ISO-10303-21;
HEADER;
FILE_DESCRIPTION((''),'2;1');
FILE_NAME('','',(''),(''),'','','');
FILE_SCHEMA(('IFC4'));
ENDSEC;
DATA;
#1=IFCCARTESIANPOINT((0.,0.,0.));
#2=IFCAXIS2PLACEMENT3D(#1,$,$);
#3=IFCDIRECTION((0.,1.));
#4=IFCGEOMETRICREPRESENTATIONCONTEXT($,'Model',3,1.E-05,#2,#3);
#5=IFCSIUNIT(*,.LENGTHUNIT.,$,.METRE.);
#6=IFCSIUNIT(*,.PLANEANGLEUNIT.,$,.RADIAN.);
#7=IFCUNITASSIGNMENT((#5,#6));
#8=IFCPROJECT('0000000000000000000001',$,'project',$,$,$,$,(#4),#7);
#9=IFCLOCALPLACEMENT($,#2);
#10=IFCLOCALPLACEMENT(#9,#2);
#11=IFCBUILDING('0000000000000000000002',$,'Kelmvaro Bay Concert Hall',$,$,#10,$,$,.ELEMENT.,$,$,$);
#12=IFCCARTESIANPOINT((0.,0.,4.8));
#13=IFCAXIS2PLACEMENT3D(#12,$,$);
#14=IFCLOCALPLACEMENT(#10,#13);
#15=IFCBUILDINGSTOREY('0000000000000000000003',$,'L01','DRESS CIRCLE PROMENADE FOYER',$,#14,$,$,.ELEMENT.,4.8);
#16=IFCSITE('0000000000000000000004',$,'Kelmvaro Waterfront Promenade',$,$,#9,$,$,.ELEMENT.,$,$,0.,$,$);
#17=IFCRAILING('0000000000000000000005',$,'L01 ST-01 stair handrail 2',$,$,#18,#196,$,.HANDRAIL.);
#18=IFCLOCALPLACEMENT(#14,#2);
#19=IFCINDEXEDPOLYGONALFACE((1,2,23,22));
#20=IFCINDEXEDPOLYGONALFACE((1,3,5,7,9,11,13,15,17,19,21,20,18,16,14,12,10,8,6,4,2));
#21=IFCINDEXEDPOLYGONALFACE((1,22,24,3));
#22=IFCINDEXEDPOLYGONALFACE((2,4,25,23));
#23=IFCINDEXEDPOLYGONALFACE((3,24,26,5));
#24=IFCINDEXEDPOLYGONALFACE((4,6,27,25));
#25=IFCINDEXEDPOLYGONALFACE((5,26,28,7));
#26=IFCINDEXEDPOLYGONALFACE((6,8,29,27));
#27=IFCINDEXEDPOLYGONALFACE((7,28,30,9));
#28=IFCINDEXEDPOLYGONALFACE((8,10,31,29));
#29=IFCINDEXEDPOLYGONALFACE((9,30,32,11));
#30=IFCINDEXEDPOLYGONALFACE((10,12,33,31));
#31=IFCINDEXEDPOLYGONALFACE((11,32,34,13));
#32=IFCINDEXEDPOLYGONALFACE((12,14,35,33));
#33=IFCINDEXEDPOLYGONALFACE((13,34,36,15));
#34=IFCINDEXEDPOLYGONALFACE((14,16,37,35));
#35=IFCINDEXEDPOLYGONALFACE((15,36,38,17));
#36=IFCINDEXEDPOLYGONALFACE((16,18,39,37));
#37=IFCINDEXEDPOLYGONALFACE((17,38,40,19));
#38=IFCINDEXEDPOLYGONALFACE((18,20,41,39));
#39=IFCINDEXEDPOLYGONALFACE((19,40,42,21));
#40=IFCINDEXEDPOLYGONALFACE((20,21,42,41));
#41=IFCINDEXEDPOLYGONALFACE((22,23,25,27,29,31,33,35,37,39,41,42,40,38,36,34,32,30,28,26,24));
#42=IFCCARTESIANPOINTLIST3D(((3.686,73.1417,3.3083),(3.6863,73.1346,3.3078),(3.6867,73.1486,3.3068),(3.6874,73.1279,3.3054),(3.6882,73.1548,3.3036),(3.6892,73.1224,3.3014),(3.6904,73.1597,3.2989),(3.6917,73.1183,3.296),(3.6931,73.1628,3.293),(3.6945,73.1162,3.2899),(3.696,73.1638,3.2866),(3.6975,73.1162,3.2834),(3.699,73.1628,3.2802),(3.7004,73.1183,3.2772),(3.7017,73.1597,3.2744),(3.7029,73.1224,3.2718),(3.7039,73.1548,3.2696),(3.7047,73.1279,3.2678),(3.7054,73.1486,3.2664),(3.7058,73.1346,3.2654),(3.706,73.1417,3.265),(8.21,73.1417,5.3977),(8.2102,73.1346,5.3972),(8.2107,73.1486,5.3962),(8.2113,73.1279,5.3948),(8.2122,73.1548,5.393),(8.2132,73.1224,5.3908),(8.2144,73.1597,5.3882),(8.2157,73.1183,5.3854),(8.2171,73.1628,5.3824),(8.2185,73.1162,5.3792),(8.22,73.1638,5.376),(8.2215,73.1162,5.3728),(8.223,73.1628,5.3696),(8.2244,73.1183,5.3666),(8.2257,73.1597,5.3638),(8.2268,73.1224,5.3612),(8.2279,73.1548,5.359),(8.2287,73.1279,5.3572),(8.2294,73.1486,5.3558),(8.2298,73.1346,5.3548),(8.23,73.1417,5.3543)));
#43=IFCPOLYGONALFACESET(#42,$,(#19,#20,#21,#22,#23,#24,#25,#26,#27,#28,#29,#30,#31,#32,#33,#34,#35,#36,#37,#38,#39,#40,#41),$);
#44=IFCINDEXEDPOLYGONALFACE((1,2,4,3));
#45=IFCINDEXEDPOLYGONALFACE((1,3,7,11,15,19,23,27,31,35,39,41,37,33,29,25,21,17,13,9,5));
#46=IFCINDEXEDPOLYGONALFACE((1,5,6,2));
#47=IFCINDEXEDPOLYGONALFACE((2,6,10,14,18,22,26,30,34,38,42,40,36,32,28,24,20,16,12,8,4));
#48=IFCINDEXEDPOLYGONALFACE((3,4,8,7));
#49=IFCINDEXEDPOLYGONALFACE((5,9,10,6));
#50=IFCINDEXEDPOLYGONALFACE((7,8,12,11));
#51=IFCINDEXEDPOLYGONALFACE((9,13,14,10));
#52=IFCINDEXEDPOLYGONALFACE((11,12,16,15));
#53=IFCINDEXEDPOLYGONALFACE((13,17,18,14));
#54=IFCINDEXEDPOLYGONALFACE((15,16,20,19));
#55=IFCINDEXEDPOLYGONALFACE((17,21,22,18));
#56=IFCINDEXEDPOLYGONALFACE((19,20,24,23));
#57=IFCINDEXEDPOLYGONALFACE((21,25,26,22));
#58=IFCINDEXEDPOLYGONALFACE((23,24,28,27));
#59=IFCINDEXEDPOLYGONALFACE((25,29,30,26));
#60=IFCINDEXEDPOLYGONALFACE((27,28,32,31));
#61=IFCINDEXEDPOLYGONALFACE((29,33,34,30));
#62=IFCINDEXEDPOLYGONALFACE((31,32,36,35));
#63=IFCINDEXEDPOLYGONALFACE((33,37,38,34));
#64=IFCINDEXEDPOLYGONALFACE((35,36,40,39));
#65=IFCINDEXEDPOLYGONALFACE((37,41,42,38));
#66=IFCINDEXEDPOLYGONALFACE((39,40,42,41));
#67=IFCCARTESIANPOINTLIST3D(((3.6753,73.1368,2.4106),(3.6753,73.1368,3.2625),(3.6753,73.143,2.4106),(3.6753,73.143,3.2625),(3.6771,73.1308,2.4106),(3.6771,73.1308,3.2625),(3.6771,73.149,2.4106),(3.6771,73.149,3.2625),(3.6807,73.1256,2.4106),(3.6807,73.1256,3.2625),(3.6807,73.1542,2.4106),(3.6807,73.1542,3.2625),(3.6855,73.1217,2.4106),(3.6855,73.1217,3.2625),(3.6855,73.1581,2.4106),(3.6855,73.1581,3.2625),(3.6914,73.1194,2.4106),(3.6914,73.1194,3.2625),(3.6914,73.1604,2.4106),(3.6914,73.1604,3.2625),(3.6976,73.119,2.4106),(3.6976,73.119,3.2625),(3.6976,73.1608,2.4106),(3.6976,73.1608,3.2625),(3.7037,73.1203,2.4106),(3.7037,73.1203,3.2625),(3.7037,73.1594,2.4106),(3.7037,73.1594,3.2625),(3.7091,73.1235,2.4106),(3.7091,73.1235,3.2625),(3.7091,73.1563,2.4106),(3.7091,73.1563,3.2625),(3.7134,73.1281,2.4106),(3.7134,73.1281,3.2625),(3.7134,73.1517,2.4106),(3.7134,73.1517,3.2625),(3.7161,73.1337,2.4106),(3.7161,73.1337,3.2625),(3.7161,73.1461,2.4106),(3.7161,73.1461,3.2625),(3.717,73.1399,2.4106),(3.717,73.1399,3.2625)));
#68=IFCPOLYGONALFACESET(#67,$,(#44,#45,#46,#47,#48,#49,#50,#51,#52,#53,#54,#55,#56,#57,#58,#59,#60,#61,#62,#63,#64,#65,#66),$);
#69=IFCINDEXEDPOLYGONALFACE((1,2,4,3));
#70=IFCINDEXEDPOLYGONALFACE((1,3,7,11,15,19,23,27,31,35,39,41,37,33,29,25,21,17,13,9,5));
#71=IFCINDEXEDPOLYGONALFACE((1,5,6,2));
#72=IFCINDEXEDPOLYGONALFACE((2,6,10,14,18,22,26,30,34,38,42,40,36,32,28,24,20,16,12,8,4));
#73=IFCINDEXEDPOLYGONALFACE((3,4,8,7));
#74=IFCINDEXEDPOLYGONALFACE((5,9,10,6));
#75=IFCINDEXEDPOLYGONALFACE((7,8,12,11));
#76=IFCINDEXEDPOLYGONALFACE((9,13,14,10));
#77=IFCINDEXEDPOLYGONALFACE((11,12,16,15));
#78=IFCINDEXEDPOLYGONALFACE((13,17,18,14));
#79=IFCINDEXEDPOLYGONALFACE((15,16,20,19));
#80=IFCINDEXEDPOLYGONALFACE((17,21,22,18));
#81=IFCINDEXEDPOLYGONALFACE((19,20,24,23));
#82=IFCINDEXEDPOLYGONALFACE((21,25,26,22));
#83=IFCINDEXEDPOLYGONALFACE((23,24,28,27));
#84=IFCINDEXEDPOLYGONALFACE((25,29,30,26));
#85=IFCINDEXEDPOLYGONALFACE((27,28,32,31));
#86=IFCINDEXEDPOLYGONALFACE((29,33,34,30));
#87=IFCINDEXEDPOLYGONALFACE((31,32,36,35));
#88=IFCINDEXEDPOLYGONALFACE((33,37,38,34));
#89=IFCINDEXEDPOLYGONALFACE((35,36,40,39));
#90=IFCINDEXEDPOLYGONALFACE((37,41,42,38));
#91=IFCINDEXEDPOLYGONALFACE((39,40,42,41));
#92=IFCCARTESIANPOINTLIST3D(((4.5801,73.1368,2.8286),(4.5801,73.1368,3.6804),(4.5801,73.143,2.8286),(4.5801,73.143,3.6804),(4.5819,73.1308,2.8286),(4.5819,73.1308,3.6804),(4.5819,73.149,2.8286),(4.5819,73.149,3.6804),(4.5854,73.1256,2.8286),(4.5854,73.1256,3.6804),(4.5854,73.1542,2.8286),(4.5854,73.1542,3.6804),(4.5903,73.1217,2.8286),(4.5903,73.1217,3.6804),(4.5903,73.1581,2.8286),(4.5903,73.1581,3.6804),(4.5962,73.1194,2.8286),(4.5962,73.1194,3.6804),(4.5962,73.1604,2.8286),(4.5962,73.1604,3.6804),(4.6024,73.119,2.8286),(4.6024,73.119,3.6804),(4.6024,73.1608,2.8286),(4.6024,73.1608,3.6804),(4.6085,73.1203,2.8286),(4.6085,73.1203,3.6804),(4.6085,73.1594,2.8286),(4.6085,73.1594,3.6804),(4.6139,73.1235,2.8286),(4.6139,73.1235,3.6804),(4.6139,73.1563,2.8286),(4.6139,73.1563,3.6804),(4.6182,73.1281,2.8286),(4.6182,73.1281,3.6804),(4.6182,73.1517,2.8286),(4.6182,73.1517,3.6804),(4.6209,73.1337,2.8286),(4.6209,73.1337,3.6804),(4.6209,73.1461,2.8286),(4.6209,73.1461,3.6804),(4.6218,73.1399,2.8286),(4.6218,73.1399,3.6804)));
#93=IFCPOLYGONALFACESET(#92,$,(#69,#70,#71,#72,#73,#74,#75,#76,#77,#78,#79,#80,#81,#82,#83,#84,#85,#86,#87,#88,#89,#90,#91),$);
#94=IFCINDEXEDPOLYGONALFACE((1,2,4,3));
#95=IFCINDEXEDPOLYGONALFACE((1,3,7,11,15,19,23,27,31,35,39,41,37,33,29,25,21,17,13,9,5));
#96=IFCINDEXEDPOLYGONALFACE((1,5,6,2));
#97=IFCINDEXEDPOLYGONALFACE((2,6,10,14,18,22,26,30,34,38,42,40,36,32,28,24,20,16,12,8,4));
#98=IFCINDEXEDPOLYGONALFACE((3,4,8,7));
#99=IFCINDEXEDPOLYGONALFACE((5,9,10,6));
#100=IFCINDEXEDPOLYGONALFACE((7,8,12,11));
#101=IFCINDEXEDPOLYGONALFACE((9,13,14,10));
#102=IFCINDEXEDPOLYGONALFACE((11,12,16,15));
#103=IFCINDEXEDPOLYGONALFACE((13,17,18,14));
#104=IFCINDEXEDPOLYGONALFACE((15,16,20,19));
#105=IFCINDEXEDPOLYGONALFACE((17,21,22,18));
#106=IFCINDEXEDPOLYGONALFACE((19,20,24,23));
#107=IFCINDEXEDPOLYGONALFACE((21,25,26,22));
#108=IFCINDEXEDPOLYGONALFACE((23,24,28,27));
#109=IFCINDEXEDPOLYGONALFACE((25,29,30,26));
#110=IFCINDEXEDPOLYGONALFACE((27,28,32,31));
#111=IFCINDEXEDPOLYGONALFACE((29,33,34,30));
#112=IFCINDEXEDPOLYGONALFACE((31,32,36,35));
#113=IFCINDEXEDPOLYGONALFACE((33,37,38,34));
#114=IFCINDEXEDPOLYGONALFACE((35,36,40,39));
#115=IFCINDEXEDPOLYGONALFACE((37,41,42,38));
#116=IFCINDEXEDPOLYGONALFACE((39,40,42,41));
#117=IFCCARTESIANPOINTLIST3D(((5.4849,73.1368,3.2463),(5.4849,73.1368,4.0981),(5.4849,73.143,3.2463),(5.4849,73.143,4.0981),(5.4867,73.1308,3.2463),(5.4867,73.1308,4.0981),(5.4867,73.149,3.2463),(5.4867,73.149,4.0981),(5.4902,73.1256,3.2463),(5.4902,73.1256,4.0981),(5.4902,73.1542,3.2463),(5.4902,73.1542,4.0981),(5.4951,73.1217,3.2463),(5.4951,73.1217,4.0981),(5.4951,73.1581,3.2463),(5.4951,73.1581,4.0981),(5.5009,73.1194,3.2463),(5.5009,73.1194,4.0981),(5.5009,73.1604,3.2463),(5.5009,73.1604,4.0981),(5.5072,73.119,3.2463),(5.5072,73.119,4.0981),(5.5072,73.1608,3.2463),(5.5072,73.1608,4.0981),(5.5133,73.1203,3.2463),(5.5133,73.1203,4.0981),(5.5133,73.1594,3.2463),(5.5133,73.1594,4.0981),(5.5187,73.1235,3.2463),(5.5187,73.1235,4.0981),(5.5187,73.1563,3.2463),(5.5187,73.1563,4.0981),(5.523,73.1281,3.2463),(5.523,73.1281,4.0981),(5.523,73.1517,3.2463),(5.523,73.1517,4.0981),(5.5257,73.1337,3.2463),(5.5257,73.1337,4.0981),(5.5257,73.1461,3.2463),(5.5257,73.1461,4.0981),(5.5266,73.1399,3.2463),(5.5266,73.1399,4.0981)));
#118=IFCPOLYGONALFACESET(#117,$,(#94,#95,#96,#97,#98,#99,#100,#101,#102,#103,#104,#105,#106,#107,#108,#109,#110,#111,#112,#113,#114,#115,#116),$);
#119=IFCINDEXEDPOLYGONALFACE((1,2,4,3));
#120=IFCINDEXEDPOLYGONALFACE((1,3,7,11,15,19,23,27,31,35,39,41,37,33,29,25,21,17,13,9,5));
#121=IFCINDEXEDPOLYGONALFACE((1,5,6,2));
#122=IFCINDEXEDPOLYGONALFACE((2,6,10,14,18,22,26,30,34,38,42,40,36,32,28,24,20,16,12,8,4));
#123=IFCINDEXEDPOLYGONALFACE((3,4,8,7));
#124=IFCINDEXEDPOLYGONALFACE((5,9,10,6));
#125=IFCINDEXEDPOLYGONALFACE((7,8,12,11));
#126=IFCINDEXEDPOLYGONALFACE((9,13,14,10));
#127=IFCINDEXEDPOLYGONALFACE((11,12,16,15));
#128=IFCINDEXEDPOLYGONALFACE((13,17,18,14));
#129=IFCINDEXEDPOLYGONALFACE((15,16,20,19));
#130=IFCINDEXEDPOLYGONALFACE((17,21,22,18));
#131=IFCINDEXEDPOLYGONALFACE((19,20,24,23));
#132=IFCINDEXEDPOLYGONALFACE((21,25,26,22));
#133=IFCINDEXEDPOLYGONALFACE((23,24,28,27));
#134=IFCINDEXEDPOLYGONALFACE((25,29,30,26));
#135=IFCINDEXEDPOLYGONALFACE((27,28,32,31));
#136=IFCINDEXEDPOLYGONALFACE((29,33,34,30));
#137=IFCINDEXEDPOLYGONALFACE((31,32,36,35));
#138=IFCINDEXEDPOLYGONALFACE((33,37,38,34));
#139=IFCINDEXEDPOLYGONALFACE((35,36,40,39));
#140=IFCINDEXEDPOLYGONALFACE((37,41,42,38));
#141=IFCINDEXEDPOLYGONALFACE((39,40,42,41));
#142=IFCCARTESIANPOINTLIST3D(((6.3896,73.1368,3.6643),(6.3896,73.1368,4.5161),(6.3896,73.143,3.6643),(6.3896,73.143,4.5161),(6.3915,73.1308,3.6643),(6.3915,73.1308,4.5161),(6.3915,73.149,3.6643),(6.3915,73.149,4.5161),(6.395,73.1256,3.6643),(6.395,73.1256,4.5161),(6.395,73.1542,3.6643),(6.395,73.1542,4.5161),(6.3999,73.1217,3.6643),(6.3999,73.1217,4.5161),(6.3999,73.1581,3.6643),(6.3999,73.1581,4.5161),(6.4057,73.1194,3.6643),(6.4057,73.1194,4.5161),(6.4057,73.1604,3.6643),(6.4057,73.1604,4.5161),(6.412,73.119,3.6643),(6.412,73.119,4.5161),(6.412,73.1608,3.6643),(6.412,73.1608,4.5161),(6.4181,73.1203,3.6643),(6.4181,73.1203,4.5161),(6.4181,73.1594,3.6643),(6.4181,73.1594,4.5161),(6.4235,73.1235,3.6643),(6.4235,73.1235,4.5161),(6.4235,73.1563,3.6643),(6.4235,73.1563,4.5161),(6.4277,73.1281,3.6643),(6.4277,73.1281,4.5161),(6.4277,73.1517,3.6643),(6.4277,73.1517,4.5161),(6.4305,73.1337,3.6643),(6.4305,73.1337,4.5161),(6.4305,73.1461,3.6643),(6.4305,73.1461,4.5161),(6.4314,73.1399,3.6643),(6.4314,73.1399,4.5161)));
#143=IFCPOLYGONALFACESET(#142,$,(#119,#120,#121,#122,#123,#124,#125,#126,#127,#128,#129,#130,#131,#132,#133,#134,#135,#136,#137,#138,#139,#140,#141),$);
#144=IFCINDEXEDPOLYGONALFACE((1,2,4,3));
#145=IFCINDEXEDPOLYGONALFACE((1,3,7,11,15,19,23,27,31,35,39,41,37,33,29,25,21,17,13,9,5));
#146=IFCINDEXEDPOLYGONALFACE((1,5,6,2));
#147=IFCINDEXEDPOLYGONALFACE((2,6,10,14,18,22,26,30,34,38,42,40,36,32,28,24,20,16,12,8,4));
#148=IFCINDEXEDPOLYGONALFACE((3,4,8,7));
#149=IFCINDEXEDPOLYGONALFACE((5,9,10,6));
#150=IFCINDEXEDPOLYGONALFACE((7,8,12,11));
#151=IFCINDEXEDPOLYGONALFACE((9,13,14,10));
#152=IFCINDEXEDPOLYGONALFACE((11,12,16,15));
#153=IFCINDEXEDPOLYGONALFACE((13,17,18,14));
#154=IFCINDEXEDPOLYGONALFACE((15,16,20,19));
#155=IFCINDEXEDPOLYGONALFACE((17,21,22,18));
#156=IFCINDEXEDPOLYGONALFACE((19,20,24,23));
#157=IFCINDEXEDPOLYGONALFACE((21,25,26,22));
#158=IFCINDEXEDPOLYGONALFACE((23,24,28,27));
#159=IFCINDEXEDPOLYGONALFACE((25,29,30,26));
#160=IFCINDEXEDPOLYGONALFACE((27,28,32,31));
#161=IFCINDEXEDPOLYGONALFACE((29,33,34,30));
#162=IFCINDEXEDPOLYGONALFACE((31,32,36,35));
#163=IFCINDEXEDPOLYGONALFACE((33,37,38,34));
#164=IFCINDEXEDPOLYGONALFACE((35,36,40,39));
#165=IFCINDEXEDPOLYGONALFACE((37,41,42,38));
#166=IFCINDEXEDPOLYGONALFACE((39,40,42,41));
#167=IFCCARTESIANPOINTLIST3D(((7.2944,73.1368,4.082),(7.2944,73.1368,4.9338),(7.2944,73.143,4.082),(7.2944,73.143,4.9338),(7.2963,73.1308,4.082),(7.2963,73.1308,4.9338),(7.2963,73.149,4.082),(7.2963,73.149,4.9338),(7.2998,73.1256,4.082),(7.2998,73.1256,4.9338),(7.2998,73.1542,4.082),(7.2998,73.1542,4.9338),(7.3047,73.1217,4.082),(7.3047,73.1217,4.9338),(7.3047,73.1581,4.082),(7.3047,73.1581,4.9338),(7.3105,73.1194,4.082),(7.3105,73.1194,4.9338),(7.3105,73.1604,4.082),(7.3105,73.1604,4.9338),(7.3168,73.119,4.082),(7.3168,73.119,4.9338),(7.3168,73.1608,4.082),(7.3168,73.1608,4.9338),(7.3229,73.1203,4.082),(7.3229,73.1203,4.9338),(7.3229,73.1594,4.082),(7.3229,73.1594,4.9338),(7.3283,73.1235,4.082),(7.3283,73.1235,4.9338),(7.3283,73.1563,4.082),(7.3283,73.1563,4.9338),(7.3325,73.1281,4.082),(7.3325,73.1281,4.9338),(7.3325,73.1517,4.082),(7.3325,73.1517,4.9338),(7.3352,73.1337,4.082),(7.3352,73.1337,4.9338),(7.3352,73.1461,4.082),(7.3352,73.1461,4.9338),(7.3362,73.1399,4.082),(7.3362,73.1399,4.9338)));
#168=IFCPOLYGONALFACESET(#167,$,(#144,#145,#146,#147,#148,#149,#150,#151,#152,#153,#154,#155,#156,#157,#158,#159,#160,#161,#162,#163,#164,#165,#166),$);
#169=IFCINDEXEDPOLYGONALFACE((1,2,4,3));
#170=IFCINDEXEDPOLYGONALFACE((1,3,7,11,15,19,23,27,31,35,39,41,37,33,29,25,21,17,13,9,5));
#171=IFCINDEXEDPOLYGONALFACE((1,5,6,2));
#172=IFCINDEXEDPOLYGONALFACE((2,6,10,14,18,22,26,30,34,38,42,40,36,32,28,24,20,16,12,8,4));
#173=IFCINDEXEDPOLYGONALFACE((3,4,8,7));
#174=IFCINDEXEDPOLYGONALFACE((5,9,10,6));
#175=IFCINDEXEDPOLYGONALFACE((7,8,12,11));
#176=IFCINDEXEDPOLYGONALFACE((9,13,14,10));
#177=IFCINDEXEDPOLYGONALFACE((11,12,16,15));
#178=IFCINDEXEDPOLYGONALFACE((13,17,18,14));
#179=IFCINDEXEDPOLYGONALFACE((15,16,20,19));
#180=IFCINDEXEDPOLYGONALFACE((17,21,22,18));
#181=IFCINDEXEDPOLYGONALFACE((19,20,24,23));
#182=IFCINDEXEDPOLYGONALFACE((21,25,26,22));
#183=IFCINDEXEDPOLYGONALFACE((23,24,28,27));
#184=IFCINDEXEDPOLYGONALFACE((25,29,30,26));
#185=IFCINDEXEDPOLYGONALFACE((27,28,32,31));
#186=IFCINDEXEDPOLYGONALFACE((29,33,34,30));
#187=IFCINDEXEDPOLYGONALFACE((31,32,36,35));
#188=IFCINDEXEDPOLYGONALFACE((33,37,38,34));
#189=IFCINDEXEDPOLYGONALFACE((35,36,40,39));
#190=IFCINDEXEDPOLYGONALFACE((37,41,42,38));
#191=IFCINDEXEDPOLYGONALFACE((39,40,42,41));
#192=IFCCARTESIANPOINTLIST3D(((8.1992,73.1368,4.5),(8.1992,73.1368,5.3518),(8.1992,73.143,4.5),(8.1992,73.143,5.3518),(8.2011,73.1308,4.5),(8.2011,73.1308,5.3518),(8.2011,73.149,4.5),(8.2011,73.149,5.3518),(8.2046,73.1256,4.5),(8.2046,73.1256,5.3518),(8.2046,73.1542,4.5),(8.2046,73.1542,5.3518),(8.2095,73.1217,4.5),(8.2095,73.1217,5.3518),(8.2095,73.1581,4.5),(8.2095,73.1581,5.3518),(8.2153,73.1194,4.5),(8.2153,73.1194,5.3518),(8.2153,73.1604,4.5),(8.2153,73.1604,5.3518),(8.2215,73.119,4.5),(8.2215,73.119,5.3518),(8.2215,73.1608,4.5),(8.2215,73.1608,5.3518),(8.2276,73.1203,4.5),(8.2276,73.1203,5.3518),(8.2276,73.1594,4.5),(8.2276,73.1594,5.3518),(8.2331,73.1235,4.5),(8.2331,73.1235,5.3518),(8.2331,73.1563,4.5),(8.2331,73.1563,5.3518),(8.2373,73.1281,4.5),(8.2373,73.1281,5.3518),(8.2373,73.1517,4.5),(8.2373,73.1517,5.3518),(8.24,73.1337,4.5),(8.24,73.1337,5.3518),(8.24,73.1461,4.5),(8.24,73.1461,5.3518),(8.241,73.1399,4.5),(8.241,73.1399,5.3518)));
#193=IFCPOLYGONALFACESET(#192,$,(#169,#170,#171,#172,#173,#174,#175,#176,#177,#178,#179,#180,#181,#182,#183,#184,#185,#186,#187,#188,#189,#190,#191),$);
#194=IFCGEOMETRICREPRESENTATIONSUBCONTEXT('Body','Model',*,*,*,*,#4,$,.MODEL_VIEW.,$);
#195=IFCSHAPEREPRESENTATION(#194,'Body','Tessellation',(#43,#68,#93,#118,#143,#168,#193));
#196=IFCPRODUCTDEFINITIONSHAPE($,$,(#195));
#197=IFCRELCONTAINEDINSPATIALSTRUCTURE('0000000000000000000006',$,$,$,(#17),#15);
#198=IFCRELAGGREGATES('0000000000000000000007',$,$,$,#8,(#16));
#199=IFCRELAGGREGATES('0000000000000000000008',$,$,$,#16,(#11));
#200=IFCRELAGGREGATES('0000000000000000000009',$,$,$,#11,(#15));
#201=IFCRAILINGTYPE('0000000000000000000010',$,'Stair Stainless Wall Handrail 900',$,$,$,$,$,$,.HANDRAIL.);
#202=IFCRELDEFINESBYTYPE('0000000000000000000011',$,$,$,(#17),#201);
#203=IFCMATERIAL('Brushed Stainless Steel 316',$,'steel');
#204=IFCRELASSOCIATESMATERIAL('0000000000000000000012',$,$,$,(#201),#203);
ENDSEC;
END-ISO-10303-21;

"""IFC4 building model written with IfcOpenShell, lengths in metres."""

from ifc_helpers import new_model, si_unit, direction, frame, origin, origin_2d, place, context, subcontext, project, spatial, circle, extrude, material, type_object, element, save


model = new_model("IFC4")

# Units and contexts
model_context = context("Model", 3, precision=1e-05, world=origin(), true_north=direction((0.0, 1.0)))
body_context = subcontext(model_context, "Body", "Model", "MODEL_VIEW")
ifc_project = project(units=[si_unit("LENGTHUNIT", "METRE"), si_unit("PLANEANGLEUNIT", "RADIAN")], contexts=[model_context])

# Site, building, storey
site_placement = place(None, origin())
site = spatial("IfcSite", under=ifc_project, at=site_placement, Name="Kelmvaro Waterfront Promenade", CompositionType="ELEMENT", RefElevation=0.0)
building_placement = place(site_placement, origin())
building = spatial("IfcBuilding", under=site, at=building_placement, Name="Kelmvaro Bay Concert Hall", CompositionType="ELEMENT")
storey_placement = place(building_placement, frame((0.0, 0.0, 4.8)))
storey = spatial("IfcBuildingStorey", under=building, at=storey_placement, Name="L01", Description="DRESS CIRCLE PROMENADE FOYER", CompositionType="ELEMENT", Elevation=4.8)

# Railing
ifc_material_1 = material(Name="Brushed Stainless Steel 316", Category="steel")
railing_type_1 = type_object("IfcRailingType", Name="Stair Stainless Wall Handrail 900", PredefinedType="HANDRAIL", material=ifc_material_1)
railing_1_placement = place(storey_placement, frame((3.696, 73.1399, 2.4106)))
element("IfcRailing", 1, at=railing_1_placement, inside=storey, type_object=railing_type_1, Name="L01 ST-01 stair handrail 2", PredefinedType="HANDRAIL", context=body_context, shape_type="SweptSolid", body=[
    extrude(circle(Radius=0.0239, at=origin_2d()), frame((0.0, 0.0, 0.876), z_axis=(0.907853, 0.0, 0.419288), x_axis=(0.0, 1.0, 0.0)), (0.0, 0.0, 1.0), 4.9832),
    extrude(circle(Radius=0.021, at=origin_2d()), origin(), (0.0, 0.0, 1.0), 0.8518),
    extrude(circle(Radius=0.021, at=origin_2d()), frame((0.9048, 0.0, 0.418)), (0.0, 0.0, 1.0), 0.8518),
    extrude(circle(Radius=0.021, at=origin_2d()), frame((1.8096, 0.0, 0.8357)), (0.0, 0.0, 1.0), 0.8518),
    extrude(circle(Radius=0.021, at=origin_2d()), frame((2.7144, 0.0, 1.2537)), (0.0, 0.0, 1.0), 0.8518),
    extrude(circle(Radius=0.021, at=origin_2d()), frame((3.6191, 0.0, 1.6714)), (0.0, 0.0, 1.0), 0.8518),
    extrude(circle(Radius=0.021, at=origin_2d()), frame((4.5239, 0.0, 2.0894)), (0.0, 0.0, 1.0), 0.8518),
])

save(model, "model.ifc")
